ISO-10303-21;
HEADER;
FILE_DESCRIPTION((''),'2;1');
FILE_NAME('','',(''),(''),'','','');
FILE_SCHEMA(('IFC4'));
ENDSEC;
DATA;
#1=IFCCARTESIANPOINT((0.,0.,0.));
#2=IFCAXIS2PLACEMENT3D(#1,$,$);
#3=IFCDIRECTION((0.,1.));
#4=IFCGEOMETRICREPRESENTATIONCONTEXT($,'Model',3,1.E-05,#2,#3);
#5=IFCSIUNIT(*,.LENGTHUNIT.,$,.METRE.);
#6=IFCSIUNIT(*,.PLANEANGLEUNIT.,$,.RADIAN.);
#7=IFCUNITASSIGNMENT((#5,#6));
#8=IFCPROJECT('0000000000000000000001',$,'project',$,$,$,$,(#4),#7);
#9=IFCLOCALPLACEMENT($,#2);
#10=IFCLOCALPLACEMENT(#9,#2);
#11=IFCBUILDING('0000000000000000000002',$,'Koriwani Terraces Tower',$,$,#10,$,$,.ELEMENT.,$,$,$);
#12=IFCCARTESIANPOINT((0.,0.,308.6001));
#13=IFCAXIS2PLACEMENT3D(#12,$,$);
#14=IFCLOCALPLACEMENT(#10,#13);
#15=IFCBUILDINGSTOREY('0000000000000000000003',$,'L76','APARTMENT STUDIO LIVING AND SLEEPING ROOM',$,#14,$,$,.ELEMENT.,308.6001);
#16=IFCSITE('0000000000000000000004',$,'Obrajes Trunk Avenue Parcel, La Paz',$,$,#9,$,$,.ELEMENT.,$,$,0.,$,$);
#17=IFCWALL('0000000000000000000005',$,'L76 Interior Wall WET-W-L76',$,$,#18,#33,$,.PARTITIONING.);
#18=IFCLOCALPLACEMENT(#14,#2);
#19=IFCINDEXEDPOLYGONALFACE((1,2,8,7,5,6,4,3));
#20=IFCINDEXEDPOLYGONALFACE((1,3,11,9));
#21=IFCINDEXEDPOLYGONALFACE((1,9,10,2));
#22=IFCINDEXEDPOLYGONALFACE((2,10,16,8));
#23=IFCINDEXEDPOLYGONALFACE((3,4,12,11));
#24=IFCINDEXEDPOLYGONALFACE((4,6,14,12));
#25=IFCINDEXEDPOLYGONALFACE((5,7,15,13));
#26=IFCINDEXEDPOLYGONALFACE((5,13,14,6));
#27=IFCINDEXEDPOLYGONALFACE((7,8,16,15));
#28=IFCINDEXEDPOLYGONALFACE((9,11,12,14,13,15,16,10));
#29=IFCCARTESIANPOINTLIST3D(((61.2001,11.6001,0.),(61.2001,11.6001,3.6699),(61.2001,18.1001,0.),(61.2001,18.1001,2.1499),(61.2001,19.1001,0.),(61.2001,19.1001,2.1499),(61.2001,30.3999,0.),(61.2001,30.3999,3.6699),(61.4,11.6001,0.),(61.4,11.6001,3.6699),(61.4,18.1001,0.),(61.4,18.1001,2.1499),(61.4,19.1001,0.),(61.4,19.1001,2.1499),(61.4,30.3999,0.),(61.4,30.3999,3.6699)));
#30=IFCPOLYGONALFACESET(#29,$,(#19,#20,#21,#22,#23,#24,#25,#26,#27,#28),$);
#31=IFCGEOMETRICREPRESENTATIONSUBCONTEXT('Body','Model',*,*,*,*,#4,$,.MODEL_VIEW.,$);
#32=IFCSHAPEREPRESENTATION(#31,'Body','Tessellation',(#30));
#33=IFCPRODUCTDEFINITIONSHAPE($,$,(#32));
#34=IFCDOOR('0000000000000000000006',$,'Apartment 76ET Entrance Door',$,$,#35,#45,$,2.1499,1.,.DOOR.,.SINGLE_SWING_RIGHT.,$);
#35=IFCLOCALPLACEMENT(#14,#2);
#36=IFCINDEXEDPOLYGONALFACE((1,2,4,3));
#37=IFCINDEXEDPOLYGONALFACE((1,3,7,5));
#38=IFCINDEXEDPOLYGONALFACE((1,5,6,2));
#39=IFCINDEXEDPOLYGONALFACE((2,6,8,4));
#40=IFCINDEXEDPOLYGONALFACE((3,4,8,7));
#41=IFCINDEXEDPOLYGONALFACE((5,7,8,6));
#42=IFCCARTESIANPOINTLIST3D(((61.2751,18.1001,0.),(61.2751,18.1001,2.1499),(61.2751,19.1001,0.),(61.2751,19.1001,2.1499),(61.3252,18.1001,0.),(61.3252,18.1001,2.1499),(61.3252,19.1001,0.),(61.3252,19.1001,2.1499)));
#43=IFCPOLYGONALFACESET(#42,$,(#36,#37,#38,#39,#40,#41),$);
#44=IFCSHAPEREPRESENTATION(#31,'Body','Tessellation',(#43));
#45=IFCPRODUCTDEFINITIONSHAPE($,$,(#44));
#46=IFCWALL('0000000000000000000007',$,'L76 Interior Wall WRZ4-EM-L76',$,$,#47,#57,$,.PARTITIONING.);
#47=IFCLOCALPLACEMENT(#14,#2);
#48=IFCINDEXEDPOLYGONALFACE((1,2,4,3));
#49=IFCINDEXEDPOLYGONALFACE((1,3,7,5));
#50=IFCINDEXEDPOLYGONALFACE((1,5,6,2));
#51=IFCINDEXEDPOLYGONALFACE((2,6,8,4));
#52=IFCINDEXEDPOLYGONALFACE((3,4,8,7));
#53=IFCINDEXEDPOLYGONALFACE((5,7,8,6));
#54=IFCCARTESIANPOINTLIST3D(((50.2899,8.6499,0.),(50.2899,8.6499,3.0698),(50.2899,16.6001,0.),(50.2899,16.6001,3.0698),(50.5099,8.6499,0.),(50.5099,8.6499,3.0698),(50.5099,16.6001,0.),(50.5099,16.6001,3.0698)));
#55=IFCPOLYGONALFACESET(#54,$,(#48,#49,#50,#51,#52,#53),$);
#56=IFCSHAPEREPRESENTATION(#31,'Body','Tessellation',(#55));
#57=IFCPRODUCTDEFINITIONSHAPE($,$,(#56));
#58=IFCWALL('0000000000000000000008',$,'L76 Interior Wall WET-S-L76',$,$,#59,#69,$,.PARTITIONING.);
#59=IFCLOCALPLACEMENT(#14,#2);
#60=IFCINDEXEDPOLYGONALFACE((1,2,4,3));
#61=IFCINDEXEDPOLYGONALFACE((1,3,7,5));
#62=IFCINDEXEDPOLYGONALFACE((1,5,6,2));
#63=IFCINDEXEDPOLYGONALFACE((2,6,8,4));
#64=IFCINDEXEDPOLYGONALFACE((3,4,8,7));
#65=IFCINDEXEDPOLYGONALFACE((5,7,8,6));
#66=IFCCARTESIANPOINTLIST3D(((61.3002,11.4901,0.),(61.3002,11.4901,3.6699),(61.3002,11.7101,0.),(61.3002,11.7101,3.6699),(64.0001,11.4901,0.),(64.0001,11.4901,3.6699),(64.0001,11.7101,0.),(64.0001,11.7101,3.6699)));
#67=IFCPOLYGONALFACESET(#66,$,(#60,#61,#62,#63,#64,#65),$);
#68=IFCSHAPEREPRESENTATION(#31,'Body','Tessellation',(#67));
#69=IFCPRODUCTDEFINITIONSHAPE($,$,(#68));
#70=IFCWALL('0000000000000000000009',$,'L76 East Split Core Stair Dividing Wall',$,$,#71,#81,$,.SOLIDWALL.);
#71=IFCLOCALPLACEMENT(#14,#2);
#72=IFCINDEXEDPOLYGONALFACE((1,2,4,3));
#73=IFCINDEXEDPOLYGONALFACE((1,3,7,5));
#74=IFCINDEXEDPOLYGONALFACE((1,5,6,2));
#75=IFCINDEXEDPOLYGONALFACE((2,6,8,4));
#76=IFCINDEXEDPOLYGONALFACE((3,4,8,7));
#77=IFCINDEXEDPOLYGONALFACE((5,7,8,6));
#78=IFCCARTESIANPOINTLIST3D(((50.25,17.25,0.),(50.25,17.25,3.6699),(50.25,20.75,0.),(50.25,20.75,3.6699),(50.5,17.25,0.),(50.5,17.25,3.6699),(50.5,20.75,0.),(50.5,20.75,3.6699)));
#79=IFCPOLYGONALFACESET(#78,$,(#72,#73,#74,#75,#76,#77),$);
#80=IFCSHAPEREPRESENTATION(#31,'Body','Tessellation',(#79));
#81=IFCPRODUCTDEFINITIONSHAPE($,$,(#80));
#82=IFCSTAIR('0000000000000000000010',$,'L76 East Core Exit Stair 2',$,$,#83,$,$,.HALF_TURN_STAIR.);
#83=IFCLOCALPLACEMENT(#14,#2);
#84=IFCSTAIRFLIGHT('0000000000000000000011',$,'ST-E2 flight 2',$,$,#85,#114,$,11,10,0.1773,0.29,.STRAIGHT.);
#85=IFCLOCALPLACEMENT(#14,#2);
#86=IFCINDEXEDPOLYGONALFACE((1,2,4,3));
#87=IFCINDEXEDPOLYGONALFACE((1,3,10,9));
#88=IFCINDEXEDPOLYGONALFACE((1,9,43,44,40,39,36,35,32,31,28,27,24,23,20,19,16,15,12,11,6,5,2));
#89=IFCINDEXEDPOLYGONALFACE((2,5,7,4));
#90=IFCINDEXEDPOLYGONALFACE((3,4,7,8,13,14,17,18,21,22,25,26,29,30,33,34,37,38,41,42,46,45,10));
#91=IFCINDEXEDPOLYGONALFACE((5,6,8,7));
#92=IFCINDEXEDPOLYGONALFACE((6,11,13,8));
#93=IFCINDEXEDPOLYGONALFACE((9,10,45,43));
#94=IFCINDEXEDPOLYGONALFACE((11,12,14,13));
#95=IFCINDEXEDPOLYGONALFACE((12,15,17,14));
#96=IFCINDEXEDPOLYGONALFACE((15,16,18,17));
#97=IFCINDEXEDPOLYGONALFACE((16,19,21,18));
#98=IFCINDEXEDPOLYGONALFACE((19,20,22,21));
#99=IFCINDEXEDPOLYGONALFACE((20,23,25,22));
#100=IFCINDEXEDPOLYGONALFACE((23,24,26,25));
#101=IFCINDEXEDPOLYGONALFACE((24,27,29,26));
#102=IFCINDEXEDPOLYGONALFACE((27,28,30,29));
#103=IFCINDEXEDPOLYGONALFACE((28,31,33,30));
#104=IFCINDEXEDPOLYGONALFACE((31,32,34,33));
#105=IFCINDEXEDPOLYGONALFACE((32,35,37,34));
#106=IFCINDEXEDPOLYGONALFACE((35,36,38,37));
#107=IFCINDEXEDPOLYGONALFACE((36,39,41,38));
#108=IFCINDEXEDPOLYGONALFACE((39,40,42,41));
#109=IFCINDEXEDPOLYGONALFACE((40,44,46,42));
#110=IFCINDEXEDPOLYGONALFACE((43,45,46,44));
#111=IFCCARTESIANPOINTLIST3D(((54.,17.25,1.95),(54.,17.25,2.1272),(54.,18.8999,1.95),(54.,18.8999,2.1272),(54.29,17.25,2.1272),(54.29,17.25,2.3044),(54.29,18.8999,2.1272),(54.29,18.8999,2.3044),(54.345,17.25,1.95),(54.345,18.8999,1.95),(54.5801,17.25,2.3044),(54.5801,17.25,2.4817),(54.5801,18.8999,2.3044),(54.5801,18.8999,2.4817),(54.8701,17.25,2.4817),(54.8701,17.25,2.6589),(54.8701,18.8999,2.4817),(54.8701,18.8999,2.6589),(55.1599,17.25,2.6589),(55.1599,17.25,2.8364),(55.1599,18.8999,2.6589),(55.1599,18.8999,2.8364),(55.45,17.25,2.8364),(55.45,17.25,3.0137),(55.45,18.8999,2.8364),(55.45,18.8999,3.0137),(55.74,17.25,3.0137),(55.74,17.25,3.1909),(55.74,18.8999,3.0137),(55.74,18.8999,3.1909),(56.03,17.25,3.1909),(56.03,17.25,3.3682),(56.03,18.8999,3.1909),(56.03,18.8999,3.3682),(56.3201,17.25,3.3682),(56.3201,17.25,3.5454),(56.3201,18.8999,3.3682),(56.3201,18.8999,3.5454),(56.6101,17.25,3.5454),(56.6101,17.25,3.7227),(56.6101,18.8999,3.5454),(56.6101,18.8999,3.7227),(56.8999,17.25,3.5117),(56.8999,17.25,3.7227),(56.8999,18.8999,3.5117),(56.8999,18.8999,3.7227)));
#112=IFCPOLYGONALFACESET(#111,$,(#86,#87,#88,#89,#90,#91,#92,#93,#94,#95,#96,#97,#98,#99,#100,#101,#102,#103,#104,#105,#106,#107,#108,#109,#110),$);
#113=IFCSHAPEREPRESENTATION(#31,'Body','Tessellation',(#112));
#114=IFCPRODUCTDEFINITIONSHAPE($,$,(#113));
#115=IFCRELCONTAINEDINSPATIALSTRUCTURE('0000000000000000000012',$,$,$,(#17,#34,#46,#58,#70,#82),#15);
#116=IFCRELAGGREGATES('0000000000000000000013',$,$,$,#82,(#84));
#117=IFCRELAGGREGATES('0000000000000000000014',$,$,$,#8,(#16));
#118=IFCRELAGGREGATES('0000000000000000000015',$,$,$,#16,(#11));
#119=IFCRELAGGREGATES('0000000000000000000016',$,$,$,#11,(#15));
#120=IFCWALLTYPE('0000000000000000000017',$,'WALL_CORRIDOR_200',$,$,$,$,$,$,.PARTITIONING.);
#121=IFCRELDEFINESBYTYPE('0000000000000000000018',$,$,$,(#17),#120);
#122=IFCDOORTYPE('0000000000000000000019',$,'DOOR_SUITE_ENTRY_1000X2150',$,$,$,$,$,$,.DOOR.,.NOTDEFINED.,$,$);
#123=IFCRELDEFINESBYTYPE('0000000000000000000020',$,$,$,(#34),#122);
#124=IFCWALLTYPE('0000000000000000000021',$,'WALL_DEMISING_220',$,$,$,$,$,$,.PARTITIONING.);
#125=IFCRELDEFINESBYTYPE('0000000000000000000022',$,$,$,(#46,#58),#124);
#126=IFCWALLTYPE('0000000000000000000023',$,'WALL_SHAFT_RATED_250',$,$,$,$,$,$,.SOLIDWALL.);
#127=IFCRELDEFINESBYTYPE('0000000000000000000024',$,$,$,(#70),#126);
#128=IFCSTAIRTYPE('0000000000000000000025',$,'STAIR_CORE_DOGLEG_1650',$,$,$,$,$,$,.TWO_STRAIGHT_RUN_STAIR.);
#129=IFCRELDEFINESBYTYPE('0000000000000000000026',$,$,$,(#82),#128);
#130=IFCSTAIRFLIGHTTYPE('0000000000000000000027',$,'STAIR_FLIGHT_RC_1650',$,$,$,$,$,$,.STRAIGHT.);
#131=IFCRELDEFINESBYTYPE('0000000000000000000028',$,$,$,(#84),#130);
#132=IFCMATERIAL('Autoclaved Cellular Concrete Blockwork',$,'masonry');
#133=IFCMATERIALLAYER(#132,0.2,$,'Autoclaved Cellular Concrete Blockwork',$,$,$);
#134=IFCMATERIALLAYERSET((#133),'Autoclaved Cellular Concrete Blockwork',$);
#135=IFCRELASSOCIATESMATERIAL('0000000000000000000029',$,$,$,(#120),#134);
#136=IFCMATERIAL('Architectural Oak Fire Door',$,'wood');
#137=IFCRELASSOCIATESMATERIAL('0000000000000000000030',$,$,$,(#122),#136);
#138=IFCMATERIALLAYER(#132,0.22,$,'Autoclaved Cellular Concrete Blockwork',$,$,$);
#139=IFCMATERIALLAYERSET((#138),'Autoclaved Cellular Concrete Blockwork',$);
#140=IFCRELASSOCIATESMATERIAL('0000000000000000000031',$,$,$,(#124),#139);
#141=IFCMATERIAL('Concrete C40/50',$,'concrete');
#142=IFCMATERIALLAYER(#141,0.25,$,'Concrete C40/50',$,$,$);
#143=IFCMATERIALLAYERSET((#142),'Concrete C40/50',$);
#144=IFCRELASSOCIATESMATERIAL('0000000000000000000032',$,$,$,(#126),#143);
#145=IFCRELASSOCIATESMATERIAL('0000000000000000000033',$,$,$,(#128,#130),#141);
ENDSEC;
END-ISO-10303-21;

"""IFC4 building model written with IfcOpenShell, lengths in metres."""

from ifc_helpers import new_model, si_unit, direction, frame, frame_2d, origin, place, context, subcontext, project, spatial, polyline, rectangle, outline, extrude, material, layer, layer_set, type_object, element, fill, aggregate, save


model = new_model("IFC4")

# Units and contexts
model_context = context("Model", 3, precision=1e-05, world=origin(), true_north=direction((0.0, 1.0)))
body_context = subcontext(model_context, "Body", "Model", "MODEL_VIEW")
ifc_project = project(units=[si_unit("LENGTHUNIT", "METRE"), si_unit("PLANEANGLEUNIT", "RADIAN")], contexts=[model_context])

# Site, building, storey
site_placement = place(None, origin())
site = spatial("IfcSite", under=ifc_project, at=site_placement, Name="Obrajes Trunk Avenue Parcel, La Paz", CompositionType="ELEMENT", RefElevation=0.0)
building_placement = place(site_placement, origin())
building = spatial("IfcBuilding", under=site, at=building_placement, Name="Koriwani Terraces Tower", CompositionType="ELEMENT")
storey_placement = place(building_placement, frame((0.0, 0.0, 308.6001)))
storey = spatial("IfcBuildingStorey", under=building, at=storey_placement, Name="L76", Description="APARTMENT STUDIO LIVING AND SLEEPING ROOM", CompositionType="ELEMENT", Elevation=308.6001)

# Shared definitions
ifc_material_1 = material(Name="Concrete C40/50", Category="concrete")

# Wall, opening, door
ifc_material_2 = material(Name="Autoclaved Cellular Concrete Blockwork", Category="masonry")
ifc_layer_1 = layer(ifc_material_2, 0.2, Name="Autoclaved Cellular Concrete Blockwork")
ifc_layer_set_1 = layer_set([ifc_layer_1], Name="Autoclaved Cellular Concrete Blockwork")
wall_type_1 = type_object("IfcWallType", Name="WALL_CORRIDOR_200", PredefinedType="PARTITIONING", material=ifc_layer_set_1)
ifc_material_3 = material(Name="Architectural Oak Fire Door", Category="wood")
wall_1_placement = place(storey_placement, frame((61.3, 11.6001, 0.0), z_axis=(0.0, 0.0, 1.0), x_axis=(0.0, 1.0, 0.0)))
wall_1 = element("IfcWall", 1, at=wall_1_placement, inside=storey, type_object=wall_type_1, Name="L76 Interior Wall WET-W-L76", PredefinedType="PARTITIONING", context=body_context, shape_type="SweptSolid", body=[
    extrude(rectangle(XDim=18.7998, YDim=0.2, at=frame_2d((9.3999, 0.0))), origin(), (0.0, 0.0, 1.0), 3.6699),
])
opening_1_placement = place(wall_1_placement, frame((6.5, 0.0, 0.0)))
opening_1 = element("IfcOpeningElement", 2, at=opening_1_placement, cuts=wall_1, PredefinedType="OPENING", context=body_context, shape_type="SweptSolid", body=[
    extrude(rectangle(XDim=1.0, YDim=2.1499, at=frame_2d((0.5, 1.075))), frame((0.0, 0.1099, 0.0), z_axis=(0.0, -1.0, 0.0), x_axis=(1.0, 0.0, 0.0)), (0.0, 0.0, 1.0), 0.22),
])
door_type_1 = type_object("IfcDoorType", Name="DOOR_SUITE_ENTRY_1000X2150", OperationType="NOTDEFINED", PredefinedType="DOOR", material=ifc_material_3)
door_1_placement = place(opening_1_placement, origin())
door_1 = element("IfcDoor", 3, at=door_1_placement, inside=storey, type_object=door_type_1, Name="Apartment 76ET Entrance Door", OperationType="SINGLE_SWING_RIGHT", OverallHeight=2.1499, OverallWidth=1.0, PredefinedType="DOOR", context=body_context, shape_type="SweptSolid", body=[
    extrude(rectangle(XDim=1.0, YDim=2.1499, at=frame_2d((0.5, 1.075))), frame((0.0, 0.0249, 0.0), z_axis=(0.0, -1.0, 0.0), x_axis=(1.0, 0.0, 0.0)), (0.0, 0.0, 1.0), 0.05),
])
fill(opening_1, door_1)

# Walls
ifc_layer_2 = layer(ifc_material_2, 0.22, Name="Autoclaved Cellular Concrete Blockwork")
ifc_layer_set_2 = layer_set([ifc_layer_2], Name="Autoclaved Cellular Concrete Blockwork")
wall_type_2 = type_object("IfcWallType", Name="WALL_DEMISING_220", PredefinedType="PARTITIONING", material=ifc_layer_set_2)
wall_2_placement = place(storey_placement, frame((50.3999, 8.6499, 0.0), z_axis=(0.0, 0.0, 1.0), x_axis=(0.0, 1.0, 0.0)))
element("IfcWall", 4, at=wall_2_placement, inside=storey, type_object=wall_type_2, Name="L76 Interior Wall WRZ4-EM-L76", PredefinedType="PARTITIONING", context=body_context, shape_type="SweptSolid", body=[
    extrude(rectangle(XDim=7.9502, YDim=0.22, at=frame_2d((3.9751, 0.0))), origin(), (0.0, 0.0, 1.0), 3.0698),
])
wall_3_placement = place(storey_placement, frame((61.3, 11.6001, 0.0), z_axis=(0.0, 0.0, 1.0), x_axis=(1.0, 0.0, 0.0)))
element("IfcWall", 5, at=wall_3_placement, inside=storey, type_object=wall_type_2, Name="L76 Interior Wall WET-S-L76", PredefinedType="PARTITIONING", context=body_context, shape_type="SweptSolid", body=[
    extrude(rectangle(XDim=2.7, YDim=0.22, at=frame_2d((1.3501, 0.0))), origin(), (0.0, 0.0, 1.0), 3.6699),
])
ifc_layer_3 = layer(ifc_material_1, 0.25, Name="Concrete C40/50")
ifc_layer_set_3 = layer_set([ifc_layer_3], Name="Concrete C40/50")
wall_type_3 = type_object("IfcWallType", Name="WALL_SHAFT_RATED_250", PredefinedType="SOLIDWALL", material=ifc_layer_set_3)
wall_4_placement = place(storey_placement, frame((50.375, 17.25, 0.0), z_axis=(0.0, 0.0, 1.0), x_axis=(0.0, 1.0, 0.0)))
element("IfcWall", 6, at=wall_4_placement, inside=storey, type_object=wall_type_3, Name="L76 East Split Core Stair Dividing Wall", PredefinedType="SOLIDWALL", context=body_context, shape_type="SweptSolid", body=[
    extrude(rectangle(XDim=3.5, YDim=0.25, at=frame_2d((1.75, 0.0))), origin(), (0.0, 0.0, 1.0), 3.6699),
])

# Stair, stair flight
stair_type = type_object("IfcStairType", Name="STAIR_CORE_DOGLEG_1650", PredefinedType="TWO_STRAIGHT_RUN_STAIR", material=ifc_material_1)
stair_placement = place(storey_placement, origin())
stair = element("IfcStair", 7, at=stair_placement, inside=storey, type_object=stair_type, Name="L76 East Core Exit Stair 2", PredefinedType="HALF_TURN_STAIR")
stair_flight_type = type_object("IfcStairFlightType", Name="STAIR_FLIGHT_RC_1650", PredefinedType="STRAIGHT", material=ifc_material_1)
stair_flight_placement = place(storey_placement, frame((54.0, 18.075, 1.95), z_axis=(0.0, 0.0, 1.0), x_axis=(1.0, 0.0, 0.0)))
stair_flight = element("IfcStairFlight", 8, at=stair_flight_placement, type_object=stair_flight_type, Name="ST-E2 flight 2", NumberOfRisers=11, NumberOfTreads=10, PredefinedType="STRAIGHT", RiserHeight=0.1773, TreadLength=0.29, context=body_context, shape_type="SweptSolid", body=[
    extrude(outline(polyline([(0.0, 0.0), (0.0, 0.1772), (0.29, 0.1772), (0.29, 0.3545), (0.5801, 0.3545), (0.5801, 0.5317), (0.8701, 0.5317), (0.8701, 0.709), (1.1599, 0.709), (1.1599, 0.8865), (1.45, 0.8865), (1.45, 1.0637), (1.74, 1.0637), (1.74, 1.241), (2.03, 1.241), (2.03, 1.4182), (2.3201, 1.4182), (2.3201, 1.5955), (2.6101, 1.5955), (2.6101, 1.7727), (2.8999, 1.7727), (2.8999, 1.95), (2.8999, 1.5618), (0.345, 0.0), (0.0, 0.0)])), frame((0.0, 0.825, 0.0), z_axis=(0.0, -1.0, 0.0), x_axis=(1.0, 0.0, 0.0)), (0.0, 0.0, 1.0), 1.6499),
])
aggregate(stair, [stair_flight])

save(model, "model.ifc")
